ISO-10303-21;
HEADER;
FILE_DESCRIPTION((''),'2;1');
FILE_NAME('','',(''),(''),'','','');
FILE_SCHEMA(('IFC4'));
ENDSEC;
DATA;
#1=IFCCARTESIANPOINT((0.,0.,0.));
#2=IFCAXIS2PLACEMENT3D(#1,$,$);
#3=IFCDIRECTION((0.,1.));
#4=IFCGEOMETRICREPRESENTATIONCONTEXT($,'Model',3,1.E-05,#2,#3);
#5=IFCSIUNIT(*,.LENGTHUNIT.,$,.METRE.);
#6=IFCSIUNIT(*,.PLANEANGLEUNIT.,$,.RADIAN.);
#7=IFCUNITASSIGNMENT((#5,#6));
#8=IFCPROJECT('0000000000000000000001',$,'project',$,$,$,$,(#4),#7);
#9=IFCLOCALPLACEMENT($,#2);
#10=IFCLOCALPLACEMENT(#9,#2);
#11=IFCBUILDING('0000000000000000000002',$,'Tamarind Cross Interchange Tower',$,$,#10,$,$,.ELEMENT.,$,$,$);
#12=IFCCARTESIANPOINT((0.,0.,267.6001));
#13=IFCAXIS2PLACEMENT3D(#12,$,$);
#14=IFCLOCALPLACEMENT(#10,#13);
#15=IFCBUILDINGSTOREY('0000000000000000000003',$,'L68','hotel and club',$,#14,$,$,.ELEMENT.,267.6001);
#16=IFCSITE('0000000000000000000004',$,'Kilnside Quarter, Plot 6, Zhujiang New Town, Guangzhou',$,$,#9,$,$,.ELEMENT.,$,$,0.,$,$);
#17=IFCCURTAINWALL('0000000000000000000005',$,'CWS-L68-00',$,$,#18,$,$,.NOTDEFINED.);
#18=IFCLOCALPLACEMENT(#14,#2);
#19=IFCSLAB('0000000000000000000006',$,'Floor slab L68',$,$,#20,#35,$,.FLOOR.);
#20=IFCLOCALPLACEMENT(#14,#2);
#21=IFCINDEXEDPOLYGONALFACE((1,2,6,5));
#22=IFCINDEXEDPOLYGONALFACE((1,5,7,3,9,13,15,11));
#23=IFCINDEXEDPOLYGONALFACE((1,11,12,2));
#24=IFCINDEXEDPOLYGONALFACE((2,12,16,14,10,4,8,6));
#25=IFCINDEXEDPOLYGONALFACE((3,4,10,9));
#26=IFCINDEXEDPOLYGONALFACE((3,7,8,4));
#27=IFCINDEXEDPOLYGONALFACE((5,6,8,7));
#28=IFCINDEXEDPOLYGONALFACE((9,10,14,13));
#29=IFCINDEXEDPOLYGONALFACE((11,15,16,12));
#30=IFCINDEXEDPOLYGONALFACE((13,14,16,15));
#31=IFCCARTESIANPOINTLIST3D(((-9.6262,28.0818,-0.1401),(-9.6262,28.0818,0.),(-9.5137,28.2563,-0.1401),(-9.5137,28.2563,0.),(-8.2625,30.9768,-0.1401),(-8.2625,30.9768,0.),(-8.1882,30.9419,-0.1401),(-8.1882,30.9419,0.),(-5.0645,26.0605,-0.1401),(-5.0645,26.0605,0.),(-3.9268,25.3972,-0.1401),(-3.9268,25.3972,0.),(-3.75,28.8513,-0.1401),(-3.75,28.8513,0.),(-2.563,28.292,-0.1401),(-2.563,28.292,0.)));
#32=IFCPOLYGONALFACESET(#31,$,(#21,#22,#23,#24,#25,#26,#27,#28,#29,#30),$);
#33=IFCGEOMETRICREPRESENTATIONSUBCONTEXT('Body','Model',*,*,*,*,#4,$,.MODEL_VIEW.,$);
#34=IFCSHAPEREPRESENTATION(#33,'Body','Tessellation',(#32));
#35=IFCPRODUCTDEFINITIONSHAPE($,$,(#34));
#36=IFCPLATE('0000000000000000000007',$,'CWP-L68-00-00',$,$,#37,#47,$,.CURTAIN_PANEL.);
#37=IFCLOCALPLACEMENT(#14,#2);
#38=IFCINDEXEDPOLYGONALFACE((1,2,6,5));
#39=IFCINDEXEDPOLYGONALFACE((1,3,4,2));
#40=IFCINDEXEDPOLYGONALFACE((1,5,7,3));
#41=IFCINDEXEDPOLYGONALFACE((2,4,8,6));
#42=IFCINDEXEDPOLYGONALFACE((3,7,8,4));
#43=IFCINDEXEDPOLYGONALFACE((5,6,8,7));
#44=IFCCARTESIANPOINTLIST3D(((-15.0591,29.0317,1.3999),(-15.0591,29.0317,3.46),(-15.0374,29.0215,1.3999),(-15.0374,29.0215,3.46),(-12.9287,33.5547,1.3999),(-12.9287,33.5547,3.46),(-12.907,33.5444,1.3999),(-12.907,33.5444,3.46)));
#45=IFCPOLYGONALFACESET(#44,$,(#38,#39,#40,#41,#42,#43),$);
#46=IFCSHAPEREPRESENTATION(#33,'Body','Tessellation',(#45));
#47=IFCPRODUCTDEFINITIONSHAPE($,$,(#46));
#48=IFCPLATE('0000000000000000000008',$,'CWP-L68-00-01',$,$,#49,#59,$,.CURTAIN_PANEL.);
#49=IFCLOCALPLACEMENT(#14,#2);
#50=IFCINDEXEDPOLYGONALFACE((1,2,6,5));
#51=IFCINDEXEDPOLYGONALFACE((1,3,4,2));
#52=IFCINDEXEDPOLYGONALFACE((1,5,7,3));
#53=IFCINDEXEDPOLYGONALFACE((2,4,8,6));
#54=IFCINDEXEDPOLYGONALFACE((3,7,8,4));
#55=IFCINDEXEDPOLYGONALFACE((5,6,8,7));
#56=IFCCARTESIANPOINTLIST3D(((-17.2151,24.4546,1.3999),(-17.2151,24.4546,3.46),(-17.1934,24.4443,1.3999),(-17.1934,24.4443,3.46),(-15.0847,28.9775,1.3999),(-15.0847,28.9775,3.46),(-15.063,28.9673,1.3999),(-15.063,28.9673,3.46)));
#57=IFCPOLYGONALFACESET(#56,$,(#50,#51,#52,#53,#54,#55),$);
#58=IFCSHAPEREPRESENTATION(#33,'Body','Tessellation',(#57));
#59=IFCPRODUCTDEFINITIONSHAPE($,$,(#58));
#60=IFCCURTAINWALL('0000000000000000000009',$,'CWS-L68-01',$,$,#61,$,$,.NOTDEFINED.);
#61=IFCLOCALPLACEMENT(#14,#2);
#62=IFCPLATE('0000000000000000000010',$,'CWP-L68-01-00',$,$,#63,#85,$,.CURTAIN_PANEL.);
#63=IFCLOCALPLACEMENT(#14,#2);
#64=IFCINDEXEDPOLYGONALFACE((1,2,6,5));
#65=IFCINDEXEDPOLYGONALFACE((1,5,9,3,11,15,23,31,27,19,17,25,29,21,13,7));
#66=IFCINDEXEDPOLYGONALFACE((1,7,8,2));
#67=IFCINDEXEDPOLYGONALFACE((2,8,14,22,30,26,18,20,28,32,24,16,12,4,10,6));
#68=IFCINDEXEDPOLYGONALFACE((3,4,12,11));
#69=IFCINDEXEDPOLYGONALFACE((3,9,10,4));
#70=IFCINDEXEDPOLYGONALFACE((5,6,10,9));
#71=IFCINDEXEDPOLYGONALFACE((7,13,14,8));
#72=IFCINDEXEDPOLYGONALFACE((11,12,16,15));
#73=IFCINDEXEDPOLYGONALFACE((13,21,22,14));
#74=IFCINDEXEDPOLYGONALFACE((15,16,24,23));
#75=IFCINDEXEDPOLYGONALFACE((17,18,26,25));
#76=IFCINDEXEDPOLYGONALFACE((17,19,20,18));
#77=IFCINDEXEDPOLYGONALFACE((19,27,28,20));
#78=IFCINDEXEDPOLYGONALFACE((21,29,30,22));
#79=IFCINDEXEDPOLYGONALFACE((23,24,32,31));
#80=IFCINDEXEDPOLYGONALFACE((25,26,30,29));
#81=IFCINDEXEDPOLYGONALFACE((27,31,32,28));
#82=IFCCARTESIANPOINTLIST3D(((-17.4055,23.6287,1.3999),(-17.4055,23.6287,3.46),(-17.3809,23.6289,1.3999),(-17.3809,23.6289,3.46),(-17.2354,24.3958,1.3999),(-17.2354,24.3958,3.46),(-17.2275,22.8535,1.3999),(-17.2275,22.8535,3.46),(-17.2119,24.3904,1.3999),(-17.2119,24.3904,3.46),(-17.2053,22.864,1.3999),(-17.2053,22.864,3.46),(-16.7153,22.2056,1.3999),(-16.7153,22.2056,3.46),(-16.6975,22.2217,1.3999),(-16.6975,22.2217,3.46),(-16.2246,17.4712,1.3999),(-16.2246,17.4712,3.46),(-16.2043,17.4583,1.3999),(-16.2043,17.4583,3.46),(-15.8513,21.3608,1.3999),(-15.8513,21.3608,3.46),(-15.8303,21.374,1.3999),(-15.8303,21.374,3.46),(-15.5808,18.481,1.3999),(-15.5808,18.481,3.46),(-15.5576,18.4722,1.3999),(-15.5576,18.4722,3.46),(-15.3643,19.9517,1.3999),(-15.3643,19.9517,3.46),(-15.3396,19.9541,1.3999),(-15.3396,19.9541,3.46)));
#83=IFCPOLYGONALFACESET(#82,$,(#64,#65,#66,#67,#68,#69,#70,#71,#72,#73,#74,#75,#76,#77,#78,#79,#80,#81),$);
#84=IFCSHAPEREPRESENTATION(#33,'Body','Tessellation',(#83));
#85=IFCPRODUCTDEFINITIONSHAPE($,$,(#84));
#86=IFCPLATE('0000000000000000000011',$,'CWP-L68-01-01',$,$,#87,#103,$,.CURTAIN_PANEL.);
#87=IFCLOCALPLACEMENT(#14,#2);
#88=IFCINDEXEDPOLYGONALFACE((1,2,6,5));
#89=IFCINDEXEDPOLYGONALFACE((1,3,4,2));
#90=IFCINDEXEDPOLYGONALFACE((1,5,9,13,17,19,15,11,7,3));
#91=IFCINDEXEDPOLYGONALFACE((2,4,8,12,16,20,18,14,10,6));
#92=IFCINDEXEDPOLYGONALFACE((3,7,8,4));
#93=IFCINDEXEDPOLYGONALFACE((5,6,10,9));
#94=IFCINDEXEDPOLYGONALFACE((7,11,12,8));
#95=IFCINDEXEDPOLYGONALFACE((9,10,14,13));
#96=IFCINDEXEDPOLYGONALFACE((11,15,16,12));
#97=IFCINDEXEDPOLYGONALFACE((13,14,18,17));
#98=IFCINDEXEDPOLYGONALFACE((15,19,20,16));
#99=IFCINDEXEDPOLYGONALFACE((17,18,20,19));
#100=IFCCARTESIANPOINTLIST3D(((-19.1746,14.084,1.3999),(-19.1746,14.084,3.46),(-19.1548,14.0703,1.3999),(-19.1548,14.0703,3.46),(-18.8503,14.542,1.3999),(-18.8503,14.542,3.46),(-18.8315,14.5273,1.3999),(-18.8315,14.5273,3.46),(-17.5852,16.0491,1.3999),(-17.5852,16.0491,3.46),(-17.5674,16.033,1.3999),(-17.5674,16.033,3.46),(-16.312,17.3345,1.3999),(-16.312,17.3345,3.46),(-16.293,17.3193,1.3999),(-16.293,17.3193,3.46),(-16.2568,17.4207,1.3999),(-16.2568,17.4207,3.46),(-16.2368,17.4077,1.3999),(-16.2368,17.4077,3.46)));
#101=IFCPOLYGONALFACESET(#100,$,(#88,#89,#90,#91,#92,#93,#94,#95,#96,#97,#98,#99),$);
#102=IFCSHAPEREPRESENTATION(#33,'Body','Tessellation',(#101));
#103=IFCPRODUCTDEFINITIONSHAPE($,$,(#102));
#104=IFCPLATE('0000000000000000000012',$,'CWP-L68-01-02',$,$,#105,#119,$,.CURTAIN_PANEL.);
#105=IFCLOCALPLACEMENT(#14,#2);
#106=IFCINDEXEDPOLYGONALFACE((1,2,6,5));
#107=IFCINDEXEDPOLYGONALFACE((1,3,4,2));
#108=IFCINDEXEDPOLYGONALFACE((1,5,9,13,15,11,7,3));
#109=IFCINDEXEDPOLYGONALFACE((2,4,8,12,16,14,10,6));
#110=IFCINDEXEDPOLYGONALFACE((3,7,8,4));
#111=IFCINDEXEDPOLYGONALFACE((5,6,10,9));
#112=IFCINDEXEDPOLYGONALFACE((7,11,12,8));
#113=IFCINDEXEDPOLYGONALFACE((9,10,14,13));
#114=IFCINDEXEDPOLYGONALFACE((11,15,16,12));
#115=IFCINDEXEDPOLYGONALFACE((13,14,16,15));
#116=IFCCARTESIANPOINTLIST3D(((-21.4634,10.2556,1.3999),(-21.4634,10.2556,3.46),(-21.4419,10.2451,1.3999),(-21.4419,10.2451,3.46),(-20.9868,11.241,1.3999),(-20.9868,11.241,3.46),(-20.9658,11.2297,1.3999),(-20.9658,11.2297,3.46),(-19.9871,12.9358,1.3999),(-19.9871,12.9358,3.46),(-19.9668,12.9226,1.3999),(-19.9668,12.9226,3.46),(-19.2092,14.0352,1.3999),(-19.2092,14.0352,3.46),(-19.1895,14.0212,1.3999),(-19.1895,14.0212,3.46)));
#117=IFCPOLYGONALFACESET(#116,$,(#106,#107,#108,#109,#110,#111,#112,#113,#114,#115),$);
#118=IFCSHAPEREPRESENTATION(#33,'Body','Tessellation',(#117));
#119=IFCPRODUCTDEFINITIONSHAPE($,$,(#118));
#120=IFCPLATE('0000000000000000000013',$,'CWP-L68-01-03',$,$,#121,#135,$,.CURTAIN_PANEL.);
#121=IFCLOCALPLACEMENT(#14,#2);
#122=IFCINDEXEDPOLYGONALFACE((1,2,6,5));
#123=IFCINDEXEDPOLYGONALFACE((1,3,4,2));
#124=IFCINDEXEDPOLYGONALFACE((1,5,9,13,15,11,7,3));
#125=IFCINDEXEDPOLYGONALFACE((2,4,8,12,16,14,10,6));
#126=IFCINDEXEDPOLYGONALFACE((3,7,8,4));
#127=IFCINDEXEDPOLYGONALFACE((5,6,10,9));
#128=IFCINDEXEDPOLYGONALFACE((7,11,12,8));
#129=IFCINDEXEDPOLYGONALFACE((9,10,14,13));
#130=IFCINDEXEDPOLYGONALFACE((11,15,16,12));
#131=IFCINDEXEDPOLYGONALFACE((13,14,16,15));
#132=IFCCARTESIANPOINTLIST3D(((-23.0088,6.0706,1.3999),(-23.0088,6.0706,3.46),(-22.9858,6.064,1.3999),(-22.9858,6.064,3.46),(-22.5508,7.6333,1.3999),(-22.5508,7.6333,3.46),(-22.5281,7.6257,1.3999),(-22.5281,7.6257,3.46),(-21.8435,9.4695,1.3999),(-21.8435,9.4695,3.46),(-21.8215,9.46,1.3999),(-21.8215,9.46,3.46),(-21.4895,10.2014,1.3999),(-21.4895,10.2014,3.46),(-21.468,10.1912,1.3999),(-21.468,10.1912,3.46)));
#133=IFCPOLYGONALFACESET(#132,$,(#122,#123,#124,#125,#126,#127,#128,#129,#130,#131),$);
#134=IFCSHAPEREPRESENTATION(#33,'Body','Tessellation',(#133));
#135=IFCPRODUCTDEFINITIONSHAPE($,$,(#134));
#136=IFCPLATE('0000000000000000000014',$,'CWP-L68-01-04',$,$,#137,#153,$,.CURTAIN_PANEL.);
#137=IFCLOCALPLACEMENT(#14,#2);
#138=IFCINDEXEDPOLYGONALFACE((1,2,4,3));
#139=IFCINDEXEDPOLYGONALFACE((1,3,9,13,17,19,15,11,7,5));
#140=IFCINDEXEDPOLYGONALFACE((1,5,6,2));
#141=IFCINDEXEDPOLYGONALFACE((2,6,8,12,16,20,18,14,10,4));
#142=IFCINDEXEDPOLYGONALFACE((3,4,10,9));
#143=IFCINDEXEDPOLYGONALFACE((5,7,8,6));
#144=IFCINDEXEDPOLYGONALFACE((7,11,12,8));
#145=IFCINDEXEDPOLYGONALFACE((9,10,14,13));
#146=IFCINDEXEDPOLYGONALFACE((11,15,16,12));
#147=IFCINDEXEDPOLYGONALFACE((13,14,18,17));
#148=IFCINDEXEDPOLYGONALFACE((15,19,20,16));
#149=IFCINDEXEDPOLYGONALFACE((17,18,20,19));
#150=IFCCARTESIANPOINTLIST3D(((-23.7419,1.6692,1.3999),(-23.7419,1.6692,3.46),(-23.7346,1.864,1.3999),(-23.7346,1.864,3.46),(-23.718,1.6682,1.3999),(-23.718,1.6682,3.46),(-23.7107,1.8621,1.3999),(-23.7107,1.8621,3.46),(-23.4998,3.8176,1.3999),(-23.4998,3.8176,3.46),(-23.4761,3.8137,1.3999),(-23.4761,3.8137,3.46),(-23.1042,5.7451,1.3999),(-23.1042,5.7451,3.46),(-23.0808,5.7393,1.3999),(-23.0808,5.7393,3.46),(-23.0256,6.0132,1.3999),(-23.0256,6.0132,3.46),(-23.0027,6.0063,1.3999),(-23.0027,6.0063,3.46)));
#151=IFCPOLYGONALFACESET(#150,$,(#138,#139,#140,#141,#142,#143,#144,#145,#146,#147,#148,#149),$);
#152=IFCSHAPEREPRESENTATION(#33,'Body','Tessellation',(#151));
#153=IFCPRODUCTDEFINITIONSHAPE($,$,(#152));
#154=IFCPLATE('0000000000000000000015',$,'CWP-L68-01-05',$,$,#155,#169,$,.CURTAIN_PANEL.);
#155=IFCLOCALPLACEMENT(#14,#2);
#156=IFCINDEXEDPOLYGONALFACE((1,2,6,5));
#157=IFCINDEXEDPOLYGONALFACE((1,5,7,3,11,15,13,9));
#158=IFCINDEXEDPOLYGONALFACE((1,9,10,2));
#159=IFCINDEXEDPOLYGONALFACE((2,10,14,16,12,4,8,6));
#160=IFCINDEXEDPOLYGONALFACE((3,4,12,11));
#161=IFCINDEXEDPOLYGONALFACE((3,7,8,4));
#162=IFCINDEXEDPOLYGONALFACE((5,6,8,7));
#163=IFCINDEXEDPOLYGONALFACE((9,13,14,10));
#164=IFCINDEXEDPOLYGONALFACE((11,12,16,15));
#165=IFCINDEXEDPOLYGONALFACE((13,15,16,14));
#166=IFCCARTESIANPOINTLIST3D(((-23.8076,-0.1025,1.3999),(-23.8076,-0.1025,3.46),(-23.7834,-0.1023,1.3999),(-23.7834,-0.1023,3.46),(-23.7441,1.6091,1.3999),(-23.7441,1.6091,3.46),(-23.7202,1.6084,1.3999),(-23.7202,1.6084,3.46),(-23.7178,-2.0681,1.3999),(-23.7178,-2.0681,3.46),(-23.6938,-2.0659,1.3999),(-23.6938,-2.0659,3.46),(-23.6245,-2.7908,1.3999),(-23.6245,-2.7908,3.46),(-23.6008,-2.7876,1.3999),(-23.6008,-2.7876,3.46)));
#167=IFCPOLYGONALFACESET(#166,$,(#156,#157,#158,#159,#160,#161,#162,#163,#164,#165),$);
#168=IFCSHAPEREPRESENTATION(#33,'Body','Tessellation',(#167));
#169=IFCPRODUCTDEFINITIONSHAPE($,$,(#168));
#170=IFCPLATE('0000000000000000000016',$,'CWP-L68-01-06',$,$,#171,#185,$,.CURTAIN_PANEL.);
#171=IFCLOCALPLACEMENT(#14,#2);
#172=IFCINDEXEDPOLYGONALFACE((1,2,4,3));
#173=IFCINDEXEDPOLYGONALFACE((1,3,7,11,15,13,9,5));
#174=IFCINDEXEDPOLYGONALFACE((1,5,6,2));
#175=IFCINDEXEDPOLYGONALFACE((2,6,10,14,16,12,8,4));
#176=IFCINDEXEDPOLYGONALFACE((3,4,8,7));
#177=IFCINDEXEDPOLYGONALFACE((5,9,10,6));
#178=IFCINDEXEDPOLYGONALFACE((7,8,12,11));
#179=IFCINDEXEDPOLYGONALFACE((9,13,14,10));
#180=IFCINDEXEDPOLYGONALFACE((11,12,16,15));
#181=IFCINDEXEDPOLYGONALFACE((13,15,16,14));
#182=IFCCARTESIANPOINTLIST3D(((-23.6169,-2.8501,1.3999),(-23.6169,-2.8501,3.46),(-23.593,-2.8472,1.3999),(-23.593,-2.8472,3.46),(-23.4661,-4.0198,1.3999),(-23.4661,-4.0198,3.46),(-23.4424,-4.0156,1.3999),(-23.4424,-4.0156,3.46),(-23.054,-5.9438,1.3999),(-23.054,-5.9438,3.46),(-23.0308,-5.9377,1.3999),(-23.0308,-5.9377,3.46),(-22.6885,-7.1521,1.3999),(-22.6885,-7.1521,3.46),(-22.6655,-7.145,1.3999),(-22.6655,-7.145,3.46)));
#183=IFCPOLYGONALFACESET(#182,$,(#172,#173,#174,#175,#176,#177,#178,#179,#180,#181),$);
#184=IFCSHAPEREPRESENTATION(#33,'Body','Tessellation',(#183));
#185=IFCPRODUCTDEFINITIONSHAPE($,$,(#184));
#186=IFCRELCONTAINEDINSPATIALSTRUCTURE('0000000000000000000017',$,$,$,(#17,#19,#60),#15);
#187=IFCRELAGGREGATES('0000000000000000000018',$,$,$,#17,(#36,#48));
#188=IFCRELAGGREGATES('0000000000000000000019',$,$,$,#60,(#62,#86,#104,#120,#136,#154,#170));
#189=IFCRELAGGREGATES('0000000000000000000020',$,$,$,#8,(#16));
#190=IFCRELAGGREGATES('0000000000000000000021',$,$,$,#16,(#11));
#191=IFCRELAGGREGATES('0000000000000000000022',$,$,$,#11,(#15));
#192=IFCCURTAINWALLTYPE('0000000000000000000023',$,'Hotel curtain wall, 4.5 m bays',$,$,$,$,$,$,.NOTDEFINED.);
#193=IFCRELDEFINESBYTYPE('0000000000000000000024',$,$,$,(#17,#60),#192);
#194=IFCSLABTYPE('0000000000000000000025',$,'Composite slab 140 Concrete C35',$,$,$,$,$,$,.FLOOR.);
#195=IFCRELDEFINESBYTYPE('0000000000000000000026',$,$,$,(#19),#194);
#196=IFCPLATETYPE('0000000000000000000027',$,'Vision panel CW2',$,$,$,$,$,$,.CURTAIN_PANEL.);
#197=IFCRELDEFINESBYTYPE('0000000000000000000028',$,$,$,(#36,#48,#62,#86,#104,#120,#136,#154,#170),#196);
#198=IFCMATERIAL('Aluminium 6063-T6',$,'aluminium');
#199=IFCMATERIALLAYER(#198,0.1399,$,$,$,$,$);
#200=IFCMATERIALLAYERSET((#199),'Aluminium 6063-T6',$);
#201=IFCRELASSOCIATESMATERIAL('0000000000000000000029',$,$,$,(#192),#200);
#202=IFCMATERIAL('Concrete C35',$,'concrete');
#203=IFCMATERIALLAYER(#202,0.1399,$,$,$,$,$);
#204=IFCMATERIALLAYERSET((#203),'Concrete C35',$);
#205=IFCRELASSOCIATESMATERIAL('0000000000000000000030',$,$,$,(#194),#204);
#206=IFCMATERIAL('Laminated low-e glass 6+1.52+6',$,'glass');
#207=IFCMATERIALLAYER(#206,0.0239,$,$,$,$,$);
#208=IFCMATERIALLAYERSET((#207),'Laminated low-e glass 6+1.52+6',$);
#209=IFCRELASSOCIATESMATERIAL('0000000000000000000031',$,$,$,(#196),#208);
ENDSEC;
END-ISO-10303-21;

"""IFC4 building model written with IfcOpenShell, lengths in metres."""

from ifc_helpers import new_model, si_unit, direction, frame, origin, place, context, subcontext, project, spatial, polyline, outline, extrude, material, layer, layer_set, type_object, element, aggregate, save


model = new_model("IFC4")

# Units and contexts
model_context = context("Model", 3, precision=1e-05, world=origin(), true_north=direction((0.0, 1.0)))
body_context = subcontext(model_context, "Body", "Model", "MODEL_VIEW")
ifc_project = project(units=[si_unit("LENGTHUNIT", "METRE"), si_unit("PLANEANGLEUNIT", "RADIAN")], contexts=[model_context])

# Site, building, storey
site_placement = place(None, origin())
site = spatial("IfcSite", under=ifc_project, at=site_placement, Name="Kilnside Quarter, Plot 6, Zhujiang New Town, Guangzhou", CompositionType="ELEMENT", RefElevation=0.0)
building_placement = place(site_placement, origin())
building = spatial("IfcBuilding", under=site, at=building_placement, Name="Tamarind Cross Interchange Tower", CompositionType="ELEMENT")
storey_placement = place(building_placement, frame((0.0, 0.0, 267.6001)))
storey = spatial("IfcBuildingStorey", under=building, at=storey_placement, Name="L68", Description="hotel and club", CompositionType="ELEMENT", Elevation=267.6001)

# Curtain wall
ifc_material_1 = material(Name="Aluminium 6063-T6", Category="aluminium")
ifc_layer_1 = layer(ifc_material_1, 0.1399)
ifc_layer_set_1 = layer_set([ifc_layer_1], Name="Aluminium 6063-T6")
curtain_wall_type = type_object("IfcCurtainWallType", Name="Hotel curtain wall, 4.5 m bays", PredefinedType="NOTDEFINED", material=ifc_layer_set_1)
curtain_wall_1_placement = place(storey_placement, origin())
curtain_wall_1 = element("IfcCurtainWall", 1, at=curtain_wall_1_placement, inside=storey, type_object=curtain_wall_type, Name="CWS-L68-00", PredefinedType="NOTDEFINED")

# Slab
ifc_material_2 = material(Name="Concrete C35", Category="concrete")
ifc_layer_2 = layer(ifc_material_2, 0.1399)
ifc_layer_set_2 = layer_set([ifc_layer_2], Name="Concrete C35")
slab_type = type_object("IfcSlabType", Name="Composite slab 140 Concrete C35", PredefinedType="FLOOR", material=ifc_layer_set_2)
slab_1_placement = place(storey_placement, frame((0.0, 0.0, -0.1401)))
element("IfcSlab", 2, at=slab_1_placement, inside=storey, type_object=slab_type, Name="Floor slab L68", PredefinedType="FLOOR", context=body_context, shape_type="SweptSolid", body=[
    extrude(outline(polyline([(-8.2625, 30.9768), (-9.6262, 28.0818), (-3.9268, 25.3972), (-2.563, 28.292), (-3.75, 28.8513), (-5.0645, 26.0605), (-9.5137, 28.2563), (-8.1882, 30.9419), (-8.2625, 30.9768)])), origin(), (0.0, 0.0, 1.0), 0.1401),
])

# Plates
ifc_material_3 = material(Name="Laminated low-e glass 6+1.52+6", Category="glass")
ifc_layer_3 = layer(ifc_material_3, 0.0239)
ifc_layer_set_3 = layer_set([ifc_layer_3], Name="Laminated low-e glass 6+1.52+6")
plate_type = type_object("IfcPlateType", Name="Vision panel CW2", PredefinedType="CURTAIN_PANEL", material=ifc_layer_set_3)
plate_1_placement = place(storey_placement, frame((0.0, 0.0, 1.3999)))
plate_1 = element("IfcPlate", 3, at=plate_1_placement, type_object=plate_type, Name="CWP-L68-00-00", PredefinedType="CURTAIN_PANEL", context=body_context, shape_type="SweptSolid", body=[
    extrude(outline(polyline([(-12.907, 33.5444), (-15.0374, 29.0215), (-15.0591, 29.0317), (-12.9287, 33.5547), (-12.907, 33.5444)])), origin(), (0.0, 0.0, 1.0), 2.0601),
])
plate_2_placement = place(storey_placement, frame((0.0, 0.0, 1.3999)))
plate_2 = element("IfcPlate", 4, at=plate_2_placement, type_object=plate_type, Name="CWP-L68-00-01", PredefinedType="CURTAIN_PANEL", context=body_context, shape_type="SweptSolid", body=[
    extrude(outline(polyline([(-15.063, 28.9673), (-17.1934, 24.4443), (-17.2151, 24.4546), (-15.0847, 28.9775), (-15.063, 28.9673)])), origin(), (0.0, 0.0, 1.0), 2.0601),
])
aggregate(curtain_wall_1, [plate_1, plate_2])

# Curtain wall, plates
curtain_wall_2_placement = place(storey_placement, origin())
curtain_wall_2 = element("IfcCurtainWall", 5, at=curtain_wall_2_placement, inside=storey, type_object=curtain_wall_type, Name="CWS-L68-01", PredefinedType="NOTDEFINED")
plate_3_placement = place(storey_placement, frame((0.0, 0.0, 1.3999)))
plate_3 = element("IfcPlate", 6, at=plate_3_placement, type_object=plate_type, Name="CWP-L68-01-00", PredefinedType="CURTAIN_PANEL", context=body_context, shape_type="SweptSolid", body=[
    extrude(outline(polyline([(-17.2119, 24.3904), (-17.3809, 23.6289), (-17.2053, 22.864), (-16.6975, 22.2217), (-15.8303, 21.374), (-15.3396, 19.9541), (-15.5576, 18.4722), (-16.2043, 17.4583), (-16.2246, 17.4712), (-15.5808, 18.481), (-15.3643, 19.9517), (-15.8513, 21.3608), (-16.7153, 22.2056), (-17.2275, 22.8535), (-17.4055, 23.6287), (-17.2354, 24.3958), (-17.2119, 24.3904)])), origin(), (0.0, 0.0, 1.0), 2.0601),
])
plate_4_placement = place(storey_placement, frame((0.0, 0.0, 1.3999)))
plate_4 = element("IfcPlate", 7, at=plate_4_placement, type_object=plate_type, Name="CWP-L68-01-01", PredefinedType="CURTAIN_PANEL", context=body_context, shape_type="SweptSolid", body=[
    extrude(outline(polyline([(-16.2368, 17.4077), (-16.293, 17.3193), (-17.5674, 16.033), (-18.8315, 14.5273), (-19.1548, 14.0703), (-19.1746, 14.084), (-18.8503, 14.542), (-17.5852, 16.0491), (-16.312, 17.3345), (-16.2568, 17.4207), (-16.2368, 17.4077)])), origin(), (0.0, 0.0, 1.0), 2.0601),
])
plate_5_placement = place(storey_placement, frame((0.0, 0.0, 1.3999)))
plate_5 = element("IfcPlate", 8, at=plate_5_placement, type_object=plate_type, Name="CWP-L68-01-02", PredefinedType="CURTAIN_PANEL", context=body_context, shape_type="SweptSolid", body=[
    extrude(outline(polyline([(-19.1895, 14.0212), (-19.9668, 12.9226), (-20.9658, 11.2297), (-21.4419, 10.2451), (-21.4634, 10.2556), (-20.9868, 11.241), (-19.9871, 12.9358), (-19.2092, 14.0352), (-19.1895, 14.0212)])), origin(), (0.0, 0.0, 1.0), 2.0601),
])
plate_6_placement = place(storey_placement, frame((0.0, 0.0, 1.3999)))
plate_6 = element("IfcPlate", 9, at=plate_6_placement, type_object=plate_type, Name="CWP-L68-01-03", PredefinedType="CURTAIN_PANEL", context=body_context, shape_type="SweptSolid", body=[
    extrude(outline(polyline([(-21.468, 10.1912), (-21.8215, 9.46), (-22.5281, 7.6257), (-22.9858, 6.064), (-23.0088, 6.0706), (-22.5508, 7.6333), (-21.8435, 9.4695), (-21.4895, 10.2014), (-21.468, 10.1912)])), origin(), (0.0, 0.0, 1.0), 2.0601),
])
plate_7_placement = place(storey_placement, frame((0.0, 0.0, 1.3999)))
plate_7 = element("IfcPlate", 10, at=plate_7_placement, type_object=plate_type, Name="CWP-L68-01-04", PredefinedType="CURTAIN_PANEL", context=body_context, shape_type="SweptSolid", body=[
    extrude(outline(polyline([(-23.0027, 6.0063), (-23.0808, 5.7393), (-23.4761, 3.8137), (-23.7107, 1.8621), (-23.718, 1.6682), (-23.7419, 1.6692), (-23.7346, 1.864), (-23.4998, 3.8176), (-23.1042, 5.7451), (-23.0256, 6.0132), (-23.0027, 6.0063)])), origin(), (0.0, 0.0, 1.0), 2.0601),
])
plate_8_placement = place(storey_placement, frame((0.0, 0.0, 1.3999)))
plate_8 = element("IfcPlate", 11, at=plate_8_placement, type_object=plate_type, Name="CWP-L68-01-05", PredefinedType="CURTAIN_PANEL", context=body_context, shape_type="SweptSolid", body=[
    extrude(outline(polyline([(-23.7202, 1.6084), (-23.7834, -0.1023), (-23.6938, -2.0659), (-23.6008, -2.7876), (-23.6245, -2.7908), (-23.7178, -2.0681), (-23.8076, -0.1025), (-23.7441, 1.6091), (-23.7202, 1.6084)])), origin(), (0.0, 0.0, 1.0), 2.0601),
])
plate_9_placement = place(storey_placement, frame((0.0, 0.0, 1.3999)))
plate_9 = element("IfcPlate", 12, at=plate_9_placement, type_object=plate_type, Name="CWP-L68-01-06", PredefinedType="CURTAIN_PANEL", context=body_context, shape_type="SweptSolid", body=[
    extrude(outline(polyline([(-23.593, -2.8472), (-23.4424, -4.0156), (-23.0308, -5.9377), (-22.6655, -7.145), (-22.6885, -7.1521), (-23.054, -5.9438), (-23.4661, -4.0198), (-23.6169, -2.8501), (-23.593, -2.8472)])), origin(), (0.0, 0.0, 1.0), 2.0601),
])
aggregate(curtain_wall_2, [plate_3, plate_4, plate_5, plate_6, plate_7, plate_8, plate_9])

save(model, "model.ifc")
